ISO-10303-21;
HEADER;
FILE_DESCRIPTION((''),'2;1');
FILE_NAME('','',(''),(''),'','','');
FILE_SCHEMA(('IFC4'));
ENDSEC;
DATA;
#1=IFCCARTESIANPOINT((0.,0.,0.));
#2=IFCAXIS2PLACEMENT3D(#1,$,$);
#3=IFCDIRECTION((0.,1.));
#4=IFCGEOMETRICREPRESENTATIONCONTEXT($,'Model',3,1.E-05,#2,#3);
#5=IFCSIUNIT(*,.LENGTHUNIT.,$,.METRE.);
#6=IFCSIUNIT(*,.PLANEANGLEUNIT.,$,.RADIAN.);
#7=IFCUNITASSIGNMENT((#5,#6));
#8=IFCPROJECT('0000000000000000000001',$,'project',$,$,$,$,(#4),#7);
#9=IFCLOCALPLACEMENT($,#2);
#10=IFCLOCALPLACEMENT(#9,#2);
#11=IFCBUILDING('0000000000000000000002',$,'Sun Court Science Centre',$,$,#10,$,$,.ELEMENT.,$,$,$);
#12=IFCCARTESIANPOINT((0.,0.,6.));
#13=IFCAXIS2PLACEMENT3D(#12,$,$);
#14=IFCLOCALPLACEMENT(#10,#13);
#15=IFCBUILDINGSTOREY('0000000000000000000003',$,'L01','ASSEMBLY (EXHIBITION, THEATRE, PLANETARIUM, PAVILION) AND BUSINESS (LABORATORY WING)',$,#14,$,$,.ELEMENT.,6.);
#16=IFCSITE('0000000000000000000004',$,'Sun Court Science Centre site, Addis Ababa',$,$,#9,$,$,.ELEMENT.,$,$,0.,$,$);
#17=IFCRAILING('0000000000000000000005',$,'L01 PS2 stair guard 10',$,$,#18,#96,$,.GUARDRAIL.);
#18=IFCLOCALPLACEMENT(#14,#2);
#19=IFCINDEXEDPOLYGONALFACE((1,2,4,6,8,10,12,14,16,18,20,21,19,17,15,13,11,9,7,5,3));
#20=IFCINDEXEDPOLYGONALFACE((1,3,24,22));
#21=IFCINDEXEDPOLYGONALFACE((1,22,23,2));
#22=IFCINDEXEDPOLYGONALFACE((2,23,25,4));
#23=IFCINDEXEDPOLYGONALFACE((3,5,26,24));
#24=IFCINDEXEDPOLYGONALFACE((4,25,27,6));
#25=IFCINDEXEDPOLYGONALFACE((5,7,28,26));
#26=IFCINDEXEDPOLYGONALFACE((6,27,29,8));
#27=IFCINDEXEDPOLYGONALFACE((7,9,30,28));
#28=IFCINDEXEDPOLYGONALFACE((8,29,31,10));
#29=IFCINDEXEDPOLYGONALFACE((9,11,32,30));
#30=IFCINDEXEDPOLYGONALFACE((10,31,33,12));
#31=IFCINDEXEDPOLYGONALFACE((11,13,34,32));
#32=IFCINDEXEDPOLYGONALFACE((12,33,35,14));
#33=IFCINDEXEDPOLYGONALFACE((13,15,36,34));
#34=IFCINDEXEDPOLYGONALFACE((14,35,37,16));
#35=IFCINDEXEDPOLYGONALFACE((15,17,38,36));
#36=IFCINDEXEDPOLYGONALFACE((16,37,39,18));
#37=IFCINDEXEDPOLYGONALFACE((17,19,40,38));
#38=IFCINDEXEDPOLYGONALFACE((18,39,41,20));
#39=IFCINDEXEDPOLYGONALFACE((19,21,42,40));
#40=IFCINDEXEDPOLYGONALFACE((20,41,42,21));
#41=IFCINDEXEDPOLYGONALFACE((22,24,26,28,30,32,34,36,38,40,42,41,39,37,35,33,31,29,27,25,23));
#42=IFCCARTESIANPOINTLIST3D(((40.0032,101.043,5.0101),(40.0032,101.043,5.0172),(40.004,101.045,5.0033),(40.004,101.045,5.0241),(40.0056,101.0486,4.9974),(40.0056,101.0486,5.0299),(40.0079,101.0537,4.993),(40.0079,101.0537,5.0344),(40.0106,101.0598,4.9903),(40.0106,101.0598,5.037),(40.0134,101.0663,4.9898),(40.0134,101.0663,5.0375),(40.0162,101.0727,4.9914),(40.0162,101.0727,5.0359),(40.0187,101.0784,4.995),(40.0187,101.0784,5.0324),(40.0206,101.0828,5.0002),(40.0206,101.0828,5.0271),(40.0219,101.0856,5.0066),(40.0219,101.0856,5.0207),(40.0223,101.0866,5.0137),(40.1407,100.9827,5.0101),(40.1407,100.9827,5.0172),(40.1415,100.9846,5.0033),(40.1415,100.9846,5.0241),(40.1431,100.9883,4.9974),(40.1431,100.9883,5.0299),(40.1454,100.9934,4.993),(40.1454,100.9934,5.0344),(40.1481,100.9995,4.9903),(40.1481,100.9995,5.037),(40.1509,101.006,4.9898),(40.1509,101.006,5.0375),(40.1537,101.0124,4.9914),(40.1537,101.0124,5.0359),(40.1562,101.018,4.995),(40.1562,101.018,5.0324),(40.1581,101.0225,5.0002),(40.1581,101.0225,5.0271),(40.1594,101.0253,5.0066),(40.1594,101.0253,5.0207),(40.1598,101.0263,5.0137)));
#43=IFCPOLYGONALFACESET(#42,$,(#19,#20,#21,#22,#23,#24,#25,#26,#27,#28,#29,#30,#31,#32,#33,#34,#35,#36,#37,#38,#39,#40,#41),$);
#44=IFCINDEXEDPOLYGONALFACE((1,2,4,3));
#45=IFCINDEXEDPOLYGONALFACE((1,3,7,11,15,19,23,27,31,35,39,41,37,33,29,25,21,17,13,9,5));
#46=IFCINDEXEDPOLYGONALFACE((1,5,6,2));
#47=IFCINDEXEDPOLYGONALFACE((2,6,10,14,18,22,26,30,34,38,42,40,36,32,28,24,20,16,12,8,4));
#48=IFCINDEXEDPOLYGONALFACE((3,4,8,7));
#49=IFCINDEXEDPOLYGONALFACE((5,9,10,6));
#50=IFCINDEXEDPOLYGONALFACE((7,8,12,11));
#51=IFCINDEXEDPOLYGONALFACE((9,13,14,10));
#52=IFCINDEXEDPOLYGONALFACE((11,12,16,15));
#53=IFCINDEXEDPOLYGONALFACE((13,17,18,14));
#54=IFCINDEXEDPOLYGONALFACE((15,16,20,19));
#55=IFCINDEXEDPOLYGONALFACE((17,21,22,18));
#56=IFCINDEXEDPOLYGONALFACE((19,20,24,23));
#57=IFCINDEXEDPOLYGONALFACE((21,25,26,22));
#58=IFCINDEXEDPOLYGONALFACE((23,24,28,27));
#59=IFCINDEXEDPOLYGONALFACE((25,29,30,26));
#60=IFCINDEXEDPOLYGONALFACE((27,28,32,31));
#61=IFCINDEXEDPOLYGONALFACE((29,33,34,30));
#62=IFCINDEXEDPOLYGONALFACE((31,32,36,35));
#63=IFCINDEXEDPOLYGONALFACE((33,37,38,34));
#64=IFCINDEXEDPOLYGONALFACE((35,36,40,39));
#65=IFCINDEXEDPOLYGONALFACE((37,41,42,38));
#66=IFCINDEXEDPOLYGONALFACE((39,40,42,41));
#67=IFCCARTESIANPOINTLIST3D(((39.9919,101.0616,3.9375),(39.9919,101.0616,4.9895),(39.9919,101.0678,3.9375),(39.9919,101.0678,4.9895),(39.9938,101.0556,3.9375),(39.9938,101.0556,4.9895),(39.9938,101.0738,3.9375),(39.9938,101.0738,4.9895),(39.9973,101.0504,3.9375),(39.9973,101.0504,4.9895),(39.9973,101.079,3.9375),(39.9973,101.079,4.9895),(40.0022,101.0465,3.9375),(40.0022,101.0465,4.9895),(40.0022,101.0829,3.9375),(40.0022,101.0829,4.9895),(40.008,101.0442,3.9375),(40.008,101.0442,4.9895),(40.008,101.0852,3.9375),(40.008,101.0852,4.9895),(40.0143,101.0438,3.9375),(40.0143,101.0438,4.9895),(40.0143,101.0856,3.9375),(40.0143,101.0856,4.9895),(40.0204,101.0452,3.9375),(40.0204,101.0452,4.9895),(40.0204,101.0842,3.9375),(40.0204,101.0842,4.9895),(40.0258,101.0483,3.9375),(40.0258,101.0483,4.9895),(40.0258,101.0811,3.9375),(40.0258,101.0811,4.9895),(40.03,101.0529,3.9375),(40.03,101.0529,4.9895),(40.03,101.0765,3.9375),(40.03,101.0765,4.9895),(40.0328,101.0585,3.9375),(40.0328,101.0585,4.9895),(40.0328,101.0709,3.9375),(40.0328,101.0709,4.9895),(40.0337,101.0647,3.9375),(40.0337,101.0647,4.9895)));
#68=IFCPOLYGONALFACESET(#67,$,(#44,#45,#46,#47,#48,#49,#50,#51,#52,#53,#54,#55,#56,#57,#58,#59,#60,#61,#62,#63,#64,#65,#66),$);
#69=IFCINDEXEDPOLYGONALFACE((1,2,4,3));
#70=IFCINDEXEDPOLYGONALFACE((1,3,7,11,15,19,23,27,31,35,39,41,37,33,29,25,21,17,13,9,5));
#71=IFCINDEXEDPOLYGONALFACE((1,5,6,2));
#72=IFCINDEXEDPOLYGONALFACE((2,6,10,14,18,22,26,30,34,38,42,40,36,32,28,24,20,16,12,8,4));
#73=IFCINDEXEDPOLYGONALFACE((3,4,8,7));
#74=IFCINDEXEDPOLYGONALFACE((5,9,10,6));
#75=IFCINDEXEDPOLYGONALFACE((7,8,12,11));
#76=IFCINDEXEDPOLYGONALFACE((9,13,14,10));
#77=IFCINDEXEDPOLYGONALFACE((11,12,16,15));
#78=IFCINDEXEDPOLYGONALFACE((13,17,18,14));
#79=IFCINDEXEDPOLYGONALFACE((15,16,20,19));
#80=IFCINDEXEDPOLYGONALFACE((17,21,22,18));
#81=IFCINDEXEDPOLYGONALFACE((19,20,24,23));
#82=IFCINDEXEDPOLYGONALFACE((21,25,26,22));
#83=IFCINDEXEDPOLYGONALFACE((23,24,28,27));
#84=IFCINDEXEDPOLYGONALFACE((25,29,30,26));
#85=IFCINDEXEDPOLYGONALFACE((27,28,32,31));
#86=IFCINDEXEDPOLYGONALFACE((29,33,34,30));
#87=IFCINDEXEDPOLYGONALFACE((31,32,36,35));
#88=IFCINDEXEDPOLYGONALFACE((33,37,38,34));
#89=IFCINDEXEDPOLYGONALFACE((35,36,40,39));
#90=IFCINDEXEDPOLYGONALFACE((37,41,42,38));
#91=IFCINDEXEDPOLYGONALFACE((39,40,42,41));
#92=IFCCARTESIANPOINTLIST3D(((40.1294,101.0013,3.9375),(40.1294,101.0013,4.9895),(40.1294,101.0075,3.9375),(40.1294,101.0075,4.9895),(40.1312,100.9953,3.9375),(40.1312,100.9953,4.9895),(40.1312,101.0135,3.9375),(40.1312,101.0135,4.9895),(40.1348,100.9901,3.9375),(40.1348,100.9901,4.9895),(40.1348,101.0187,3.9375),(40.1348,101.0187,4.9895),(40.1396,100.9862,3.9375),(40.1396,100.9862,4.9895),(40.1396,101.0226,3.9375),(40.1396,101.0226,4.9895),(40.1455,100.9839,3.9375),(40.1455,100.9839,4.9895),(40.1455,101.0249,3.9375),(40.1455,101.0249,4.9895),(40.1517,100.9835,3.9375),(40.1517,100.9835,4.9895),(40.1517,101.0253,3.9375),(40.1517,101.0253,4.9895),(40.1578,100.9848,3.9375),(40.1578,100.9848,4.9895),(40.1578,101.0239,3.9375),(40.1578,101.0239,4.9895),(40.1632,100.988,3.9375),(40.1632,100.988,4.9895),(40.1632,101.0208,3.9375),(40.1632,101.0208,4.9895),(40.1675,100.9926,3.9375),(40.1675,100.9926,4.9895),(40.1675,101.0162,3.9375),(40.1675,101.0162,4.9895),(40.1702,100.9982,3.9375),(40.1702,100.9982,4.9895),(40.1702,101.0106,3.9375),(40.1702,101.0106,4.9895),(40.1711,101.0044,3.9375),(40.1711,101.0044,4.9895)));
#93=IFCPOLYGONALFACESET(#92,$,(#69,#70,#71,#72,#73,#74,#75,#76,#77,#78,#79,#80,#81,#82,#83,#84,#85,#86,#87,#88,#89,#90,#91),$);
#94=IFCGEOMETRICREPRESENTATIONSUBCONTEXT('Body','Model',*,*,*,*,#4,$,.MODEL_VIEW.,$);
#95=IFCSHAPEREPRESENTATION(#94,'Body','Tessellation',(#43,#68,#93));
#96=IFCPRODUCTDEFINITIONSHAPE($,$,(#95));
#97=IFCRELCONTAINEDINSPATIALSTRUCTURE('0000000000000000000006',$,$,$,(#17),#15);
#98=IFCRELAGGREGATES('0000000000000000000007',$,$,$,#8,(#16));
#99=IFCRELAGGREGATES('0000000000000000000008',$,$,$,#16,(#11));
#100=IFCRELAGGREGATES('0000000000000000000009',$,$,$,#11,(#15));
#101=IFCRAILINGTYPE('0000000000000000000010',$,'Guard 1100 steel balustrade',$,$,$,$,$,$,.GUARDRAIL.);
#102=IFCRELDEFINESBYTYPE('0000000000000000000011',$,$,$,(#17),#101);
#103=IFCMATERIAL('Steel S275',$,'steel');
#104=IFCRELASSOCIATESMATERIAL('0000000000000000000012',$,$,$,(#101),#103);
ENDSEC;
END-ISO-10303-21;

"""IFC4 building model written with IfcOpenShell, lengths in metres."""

from ifc_helpers import new_model, si_unit, direction, frame, origin, origin_2d, place, context, subcontext, project, spatial, circle, extrude, material, type_object, element, save


model = new_model("IFC4")

# Units and contexts
model_context = context("Model", 3, precision=1e-05, world=origin(), true_north=direction((0.0, 1.0)))
body_context = subcontext(model_context, "Body", "Model", "MODEL_VIEW")
ifc_project = project(units=[si_unit("LENGTHUNIT", "METRE"), si_unit("PLANEANGLEUNIT", "RADIAN")], contexts=[model_context])

# Site, building, storey
site_placement = place(None, origin())
site = spatial("IfcSite", under=ifc_project, at=site_placement, Name="Sun Court Science Centre site, Addis Ababa", CompositionType="ELEMENT", RefElevation=0.0)
building_placement = place(site_placement, origin())
building = spatial("IfcBuilding", under=site, at=building_placement, Name="Sun Court Science Centre", CompositionType="ELEMENT")
storey_placement = place(building_placement, frame((0.0, 0.0, 6.0)))
storey = spatial("IfcBuildingStorey", under=building, at=storey_placement, Name="L01", Description="ASSEMBLY (EXHIBITION, THEATRE, PLANETARIUM, PAVILION) AND BUSINESS (LABORATORY WING)", CompositionType="ELEMENT", Elevation=6.0)

# Railing
ifc_material_1 = material(Name="Steel S275", Category="steel")
railing_type = type_object("IfcRailingType", Name="Guard 1100 steel balustrade", PredefinedType="GUARDRAIL", material=ifc_material_1)
railing_1_placement = place(storey_placement, frame((40.0127, 101.0647, 3.9375)))
element("IfcRailing", 1, at=railing_1_placement, inside=storey, type_object=railing_type, Name="L01 PS2 stair guard 10", PredefinedType="GUARDRAIL", context=body_context, shape_type="SweptSolid", body=[
    extrude(circle(Radius=0.0239, at=origin_2d()), frame((0.0, 0.0, 1.0762), z_axis=(0.915746, -0.401757, 0.0), x_axis=(0.401757, 0.915746, 0.0)), (0.0, 0.0, 1.0), 0.1501),
    extrude(circle(Radius=0.021, at=origin_2d()), origin(), (0.0, 0.0, 1.0), 1.052),
    extrude(circle(Radius=0.021, at=origin_2d()), frame((0.1375, -0.0603, 0.0)), (0.0, 0.0, 1.0), 1.052),
])

save(model, "model.ifc")
